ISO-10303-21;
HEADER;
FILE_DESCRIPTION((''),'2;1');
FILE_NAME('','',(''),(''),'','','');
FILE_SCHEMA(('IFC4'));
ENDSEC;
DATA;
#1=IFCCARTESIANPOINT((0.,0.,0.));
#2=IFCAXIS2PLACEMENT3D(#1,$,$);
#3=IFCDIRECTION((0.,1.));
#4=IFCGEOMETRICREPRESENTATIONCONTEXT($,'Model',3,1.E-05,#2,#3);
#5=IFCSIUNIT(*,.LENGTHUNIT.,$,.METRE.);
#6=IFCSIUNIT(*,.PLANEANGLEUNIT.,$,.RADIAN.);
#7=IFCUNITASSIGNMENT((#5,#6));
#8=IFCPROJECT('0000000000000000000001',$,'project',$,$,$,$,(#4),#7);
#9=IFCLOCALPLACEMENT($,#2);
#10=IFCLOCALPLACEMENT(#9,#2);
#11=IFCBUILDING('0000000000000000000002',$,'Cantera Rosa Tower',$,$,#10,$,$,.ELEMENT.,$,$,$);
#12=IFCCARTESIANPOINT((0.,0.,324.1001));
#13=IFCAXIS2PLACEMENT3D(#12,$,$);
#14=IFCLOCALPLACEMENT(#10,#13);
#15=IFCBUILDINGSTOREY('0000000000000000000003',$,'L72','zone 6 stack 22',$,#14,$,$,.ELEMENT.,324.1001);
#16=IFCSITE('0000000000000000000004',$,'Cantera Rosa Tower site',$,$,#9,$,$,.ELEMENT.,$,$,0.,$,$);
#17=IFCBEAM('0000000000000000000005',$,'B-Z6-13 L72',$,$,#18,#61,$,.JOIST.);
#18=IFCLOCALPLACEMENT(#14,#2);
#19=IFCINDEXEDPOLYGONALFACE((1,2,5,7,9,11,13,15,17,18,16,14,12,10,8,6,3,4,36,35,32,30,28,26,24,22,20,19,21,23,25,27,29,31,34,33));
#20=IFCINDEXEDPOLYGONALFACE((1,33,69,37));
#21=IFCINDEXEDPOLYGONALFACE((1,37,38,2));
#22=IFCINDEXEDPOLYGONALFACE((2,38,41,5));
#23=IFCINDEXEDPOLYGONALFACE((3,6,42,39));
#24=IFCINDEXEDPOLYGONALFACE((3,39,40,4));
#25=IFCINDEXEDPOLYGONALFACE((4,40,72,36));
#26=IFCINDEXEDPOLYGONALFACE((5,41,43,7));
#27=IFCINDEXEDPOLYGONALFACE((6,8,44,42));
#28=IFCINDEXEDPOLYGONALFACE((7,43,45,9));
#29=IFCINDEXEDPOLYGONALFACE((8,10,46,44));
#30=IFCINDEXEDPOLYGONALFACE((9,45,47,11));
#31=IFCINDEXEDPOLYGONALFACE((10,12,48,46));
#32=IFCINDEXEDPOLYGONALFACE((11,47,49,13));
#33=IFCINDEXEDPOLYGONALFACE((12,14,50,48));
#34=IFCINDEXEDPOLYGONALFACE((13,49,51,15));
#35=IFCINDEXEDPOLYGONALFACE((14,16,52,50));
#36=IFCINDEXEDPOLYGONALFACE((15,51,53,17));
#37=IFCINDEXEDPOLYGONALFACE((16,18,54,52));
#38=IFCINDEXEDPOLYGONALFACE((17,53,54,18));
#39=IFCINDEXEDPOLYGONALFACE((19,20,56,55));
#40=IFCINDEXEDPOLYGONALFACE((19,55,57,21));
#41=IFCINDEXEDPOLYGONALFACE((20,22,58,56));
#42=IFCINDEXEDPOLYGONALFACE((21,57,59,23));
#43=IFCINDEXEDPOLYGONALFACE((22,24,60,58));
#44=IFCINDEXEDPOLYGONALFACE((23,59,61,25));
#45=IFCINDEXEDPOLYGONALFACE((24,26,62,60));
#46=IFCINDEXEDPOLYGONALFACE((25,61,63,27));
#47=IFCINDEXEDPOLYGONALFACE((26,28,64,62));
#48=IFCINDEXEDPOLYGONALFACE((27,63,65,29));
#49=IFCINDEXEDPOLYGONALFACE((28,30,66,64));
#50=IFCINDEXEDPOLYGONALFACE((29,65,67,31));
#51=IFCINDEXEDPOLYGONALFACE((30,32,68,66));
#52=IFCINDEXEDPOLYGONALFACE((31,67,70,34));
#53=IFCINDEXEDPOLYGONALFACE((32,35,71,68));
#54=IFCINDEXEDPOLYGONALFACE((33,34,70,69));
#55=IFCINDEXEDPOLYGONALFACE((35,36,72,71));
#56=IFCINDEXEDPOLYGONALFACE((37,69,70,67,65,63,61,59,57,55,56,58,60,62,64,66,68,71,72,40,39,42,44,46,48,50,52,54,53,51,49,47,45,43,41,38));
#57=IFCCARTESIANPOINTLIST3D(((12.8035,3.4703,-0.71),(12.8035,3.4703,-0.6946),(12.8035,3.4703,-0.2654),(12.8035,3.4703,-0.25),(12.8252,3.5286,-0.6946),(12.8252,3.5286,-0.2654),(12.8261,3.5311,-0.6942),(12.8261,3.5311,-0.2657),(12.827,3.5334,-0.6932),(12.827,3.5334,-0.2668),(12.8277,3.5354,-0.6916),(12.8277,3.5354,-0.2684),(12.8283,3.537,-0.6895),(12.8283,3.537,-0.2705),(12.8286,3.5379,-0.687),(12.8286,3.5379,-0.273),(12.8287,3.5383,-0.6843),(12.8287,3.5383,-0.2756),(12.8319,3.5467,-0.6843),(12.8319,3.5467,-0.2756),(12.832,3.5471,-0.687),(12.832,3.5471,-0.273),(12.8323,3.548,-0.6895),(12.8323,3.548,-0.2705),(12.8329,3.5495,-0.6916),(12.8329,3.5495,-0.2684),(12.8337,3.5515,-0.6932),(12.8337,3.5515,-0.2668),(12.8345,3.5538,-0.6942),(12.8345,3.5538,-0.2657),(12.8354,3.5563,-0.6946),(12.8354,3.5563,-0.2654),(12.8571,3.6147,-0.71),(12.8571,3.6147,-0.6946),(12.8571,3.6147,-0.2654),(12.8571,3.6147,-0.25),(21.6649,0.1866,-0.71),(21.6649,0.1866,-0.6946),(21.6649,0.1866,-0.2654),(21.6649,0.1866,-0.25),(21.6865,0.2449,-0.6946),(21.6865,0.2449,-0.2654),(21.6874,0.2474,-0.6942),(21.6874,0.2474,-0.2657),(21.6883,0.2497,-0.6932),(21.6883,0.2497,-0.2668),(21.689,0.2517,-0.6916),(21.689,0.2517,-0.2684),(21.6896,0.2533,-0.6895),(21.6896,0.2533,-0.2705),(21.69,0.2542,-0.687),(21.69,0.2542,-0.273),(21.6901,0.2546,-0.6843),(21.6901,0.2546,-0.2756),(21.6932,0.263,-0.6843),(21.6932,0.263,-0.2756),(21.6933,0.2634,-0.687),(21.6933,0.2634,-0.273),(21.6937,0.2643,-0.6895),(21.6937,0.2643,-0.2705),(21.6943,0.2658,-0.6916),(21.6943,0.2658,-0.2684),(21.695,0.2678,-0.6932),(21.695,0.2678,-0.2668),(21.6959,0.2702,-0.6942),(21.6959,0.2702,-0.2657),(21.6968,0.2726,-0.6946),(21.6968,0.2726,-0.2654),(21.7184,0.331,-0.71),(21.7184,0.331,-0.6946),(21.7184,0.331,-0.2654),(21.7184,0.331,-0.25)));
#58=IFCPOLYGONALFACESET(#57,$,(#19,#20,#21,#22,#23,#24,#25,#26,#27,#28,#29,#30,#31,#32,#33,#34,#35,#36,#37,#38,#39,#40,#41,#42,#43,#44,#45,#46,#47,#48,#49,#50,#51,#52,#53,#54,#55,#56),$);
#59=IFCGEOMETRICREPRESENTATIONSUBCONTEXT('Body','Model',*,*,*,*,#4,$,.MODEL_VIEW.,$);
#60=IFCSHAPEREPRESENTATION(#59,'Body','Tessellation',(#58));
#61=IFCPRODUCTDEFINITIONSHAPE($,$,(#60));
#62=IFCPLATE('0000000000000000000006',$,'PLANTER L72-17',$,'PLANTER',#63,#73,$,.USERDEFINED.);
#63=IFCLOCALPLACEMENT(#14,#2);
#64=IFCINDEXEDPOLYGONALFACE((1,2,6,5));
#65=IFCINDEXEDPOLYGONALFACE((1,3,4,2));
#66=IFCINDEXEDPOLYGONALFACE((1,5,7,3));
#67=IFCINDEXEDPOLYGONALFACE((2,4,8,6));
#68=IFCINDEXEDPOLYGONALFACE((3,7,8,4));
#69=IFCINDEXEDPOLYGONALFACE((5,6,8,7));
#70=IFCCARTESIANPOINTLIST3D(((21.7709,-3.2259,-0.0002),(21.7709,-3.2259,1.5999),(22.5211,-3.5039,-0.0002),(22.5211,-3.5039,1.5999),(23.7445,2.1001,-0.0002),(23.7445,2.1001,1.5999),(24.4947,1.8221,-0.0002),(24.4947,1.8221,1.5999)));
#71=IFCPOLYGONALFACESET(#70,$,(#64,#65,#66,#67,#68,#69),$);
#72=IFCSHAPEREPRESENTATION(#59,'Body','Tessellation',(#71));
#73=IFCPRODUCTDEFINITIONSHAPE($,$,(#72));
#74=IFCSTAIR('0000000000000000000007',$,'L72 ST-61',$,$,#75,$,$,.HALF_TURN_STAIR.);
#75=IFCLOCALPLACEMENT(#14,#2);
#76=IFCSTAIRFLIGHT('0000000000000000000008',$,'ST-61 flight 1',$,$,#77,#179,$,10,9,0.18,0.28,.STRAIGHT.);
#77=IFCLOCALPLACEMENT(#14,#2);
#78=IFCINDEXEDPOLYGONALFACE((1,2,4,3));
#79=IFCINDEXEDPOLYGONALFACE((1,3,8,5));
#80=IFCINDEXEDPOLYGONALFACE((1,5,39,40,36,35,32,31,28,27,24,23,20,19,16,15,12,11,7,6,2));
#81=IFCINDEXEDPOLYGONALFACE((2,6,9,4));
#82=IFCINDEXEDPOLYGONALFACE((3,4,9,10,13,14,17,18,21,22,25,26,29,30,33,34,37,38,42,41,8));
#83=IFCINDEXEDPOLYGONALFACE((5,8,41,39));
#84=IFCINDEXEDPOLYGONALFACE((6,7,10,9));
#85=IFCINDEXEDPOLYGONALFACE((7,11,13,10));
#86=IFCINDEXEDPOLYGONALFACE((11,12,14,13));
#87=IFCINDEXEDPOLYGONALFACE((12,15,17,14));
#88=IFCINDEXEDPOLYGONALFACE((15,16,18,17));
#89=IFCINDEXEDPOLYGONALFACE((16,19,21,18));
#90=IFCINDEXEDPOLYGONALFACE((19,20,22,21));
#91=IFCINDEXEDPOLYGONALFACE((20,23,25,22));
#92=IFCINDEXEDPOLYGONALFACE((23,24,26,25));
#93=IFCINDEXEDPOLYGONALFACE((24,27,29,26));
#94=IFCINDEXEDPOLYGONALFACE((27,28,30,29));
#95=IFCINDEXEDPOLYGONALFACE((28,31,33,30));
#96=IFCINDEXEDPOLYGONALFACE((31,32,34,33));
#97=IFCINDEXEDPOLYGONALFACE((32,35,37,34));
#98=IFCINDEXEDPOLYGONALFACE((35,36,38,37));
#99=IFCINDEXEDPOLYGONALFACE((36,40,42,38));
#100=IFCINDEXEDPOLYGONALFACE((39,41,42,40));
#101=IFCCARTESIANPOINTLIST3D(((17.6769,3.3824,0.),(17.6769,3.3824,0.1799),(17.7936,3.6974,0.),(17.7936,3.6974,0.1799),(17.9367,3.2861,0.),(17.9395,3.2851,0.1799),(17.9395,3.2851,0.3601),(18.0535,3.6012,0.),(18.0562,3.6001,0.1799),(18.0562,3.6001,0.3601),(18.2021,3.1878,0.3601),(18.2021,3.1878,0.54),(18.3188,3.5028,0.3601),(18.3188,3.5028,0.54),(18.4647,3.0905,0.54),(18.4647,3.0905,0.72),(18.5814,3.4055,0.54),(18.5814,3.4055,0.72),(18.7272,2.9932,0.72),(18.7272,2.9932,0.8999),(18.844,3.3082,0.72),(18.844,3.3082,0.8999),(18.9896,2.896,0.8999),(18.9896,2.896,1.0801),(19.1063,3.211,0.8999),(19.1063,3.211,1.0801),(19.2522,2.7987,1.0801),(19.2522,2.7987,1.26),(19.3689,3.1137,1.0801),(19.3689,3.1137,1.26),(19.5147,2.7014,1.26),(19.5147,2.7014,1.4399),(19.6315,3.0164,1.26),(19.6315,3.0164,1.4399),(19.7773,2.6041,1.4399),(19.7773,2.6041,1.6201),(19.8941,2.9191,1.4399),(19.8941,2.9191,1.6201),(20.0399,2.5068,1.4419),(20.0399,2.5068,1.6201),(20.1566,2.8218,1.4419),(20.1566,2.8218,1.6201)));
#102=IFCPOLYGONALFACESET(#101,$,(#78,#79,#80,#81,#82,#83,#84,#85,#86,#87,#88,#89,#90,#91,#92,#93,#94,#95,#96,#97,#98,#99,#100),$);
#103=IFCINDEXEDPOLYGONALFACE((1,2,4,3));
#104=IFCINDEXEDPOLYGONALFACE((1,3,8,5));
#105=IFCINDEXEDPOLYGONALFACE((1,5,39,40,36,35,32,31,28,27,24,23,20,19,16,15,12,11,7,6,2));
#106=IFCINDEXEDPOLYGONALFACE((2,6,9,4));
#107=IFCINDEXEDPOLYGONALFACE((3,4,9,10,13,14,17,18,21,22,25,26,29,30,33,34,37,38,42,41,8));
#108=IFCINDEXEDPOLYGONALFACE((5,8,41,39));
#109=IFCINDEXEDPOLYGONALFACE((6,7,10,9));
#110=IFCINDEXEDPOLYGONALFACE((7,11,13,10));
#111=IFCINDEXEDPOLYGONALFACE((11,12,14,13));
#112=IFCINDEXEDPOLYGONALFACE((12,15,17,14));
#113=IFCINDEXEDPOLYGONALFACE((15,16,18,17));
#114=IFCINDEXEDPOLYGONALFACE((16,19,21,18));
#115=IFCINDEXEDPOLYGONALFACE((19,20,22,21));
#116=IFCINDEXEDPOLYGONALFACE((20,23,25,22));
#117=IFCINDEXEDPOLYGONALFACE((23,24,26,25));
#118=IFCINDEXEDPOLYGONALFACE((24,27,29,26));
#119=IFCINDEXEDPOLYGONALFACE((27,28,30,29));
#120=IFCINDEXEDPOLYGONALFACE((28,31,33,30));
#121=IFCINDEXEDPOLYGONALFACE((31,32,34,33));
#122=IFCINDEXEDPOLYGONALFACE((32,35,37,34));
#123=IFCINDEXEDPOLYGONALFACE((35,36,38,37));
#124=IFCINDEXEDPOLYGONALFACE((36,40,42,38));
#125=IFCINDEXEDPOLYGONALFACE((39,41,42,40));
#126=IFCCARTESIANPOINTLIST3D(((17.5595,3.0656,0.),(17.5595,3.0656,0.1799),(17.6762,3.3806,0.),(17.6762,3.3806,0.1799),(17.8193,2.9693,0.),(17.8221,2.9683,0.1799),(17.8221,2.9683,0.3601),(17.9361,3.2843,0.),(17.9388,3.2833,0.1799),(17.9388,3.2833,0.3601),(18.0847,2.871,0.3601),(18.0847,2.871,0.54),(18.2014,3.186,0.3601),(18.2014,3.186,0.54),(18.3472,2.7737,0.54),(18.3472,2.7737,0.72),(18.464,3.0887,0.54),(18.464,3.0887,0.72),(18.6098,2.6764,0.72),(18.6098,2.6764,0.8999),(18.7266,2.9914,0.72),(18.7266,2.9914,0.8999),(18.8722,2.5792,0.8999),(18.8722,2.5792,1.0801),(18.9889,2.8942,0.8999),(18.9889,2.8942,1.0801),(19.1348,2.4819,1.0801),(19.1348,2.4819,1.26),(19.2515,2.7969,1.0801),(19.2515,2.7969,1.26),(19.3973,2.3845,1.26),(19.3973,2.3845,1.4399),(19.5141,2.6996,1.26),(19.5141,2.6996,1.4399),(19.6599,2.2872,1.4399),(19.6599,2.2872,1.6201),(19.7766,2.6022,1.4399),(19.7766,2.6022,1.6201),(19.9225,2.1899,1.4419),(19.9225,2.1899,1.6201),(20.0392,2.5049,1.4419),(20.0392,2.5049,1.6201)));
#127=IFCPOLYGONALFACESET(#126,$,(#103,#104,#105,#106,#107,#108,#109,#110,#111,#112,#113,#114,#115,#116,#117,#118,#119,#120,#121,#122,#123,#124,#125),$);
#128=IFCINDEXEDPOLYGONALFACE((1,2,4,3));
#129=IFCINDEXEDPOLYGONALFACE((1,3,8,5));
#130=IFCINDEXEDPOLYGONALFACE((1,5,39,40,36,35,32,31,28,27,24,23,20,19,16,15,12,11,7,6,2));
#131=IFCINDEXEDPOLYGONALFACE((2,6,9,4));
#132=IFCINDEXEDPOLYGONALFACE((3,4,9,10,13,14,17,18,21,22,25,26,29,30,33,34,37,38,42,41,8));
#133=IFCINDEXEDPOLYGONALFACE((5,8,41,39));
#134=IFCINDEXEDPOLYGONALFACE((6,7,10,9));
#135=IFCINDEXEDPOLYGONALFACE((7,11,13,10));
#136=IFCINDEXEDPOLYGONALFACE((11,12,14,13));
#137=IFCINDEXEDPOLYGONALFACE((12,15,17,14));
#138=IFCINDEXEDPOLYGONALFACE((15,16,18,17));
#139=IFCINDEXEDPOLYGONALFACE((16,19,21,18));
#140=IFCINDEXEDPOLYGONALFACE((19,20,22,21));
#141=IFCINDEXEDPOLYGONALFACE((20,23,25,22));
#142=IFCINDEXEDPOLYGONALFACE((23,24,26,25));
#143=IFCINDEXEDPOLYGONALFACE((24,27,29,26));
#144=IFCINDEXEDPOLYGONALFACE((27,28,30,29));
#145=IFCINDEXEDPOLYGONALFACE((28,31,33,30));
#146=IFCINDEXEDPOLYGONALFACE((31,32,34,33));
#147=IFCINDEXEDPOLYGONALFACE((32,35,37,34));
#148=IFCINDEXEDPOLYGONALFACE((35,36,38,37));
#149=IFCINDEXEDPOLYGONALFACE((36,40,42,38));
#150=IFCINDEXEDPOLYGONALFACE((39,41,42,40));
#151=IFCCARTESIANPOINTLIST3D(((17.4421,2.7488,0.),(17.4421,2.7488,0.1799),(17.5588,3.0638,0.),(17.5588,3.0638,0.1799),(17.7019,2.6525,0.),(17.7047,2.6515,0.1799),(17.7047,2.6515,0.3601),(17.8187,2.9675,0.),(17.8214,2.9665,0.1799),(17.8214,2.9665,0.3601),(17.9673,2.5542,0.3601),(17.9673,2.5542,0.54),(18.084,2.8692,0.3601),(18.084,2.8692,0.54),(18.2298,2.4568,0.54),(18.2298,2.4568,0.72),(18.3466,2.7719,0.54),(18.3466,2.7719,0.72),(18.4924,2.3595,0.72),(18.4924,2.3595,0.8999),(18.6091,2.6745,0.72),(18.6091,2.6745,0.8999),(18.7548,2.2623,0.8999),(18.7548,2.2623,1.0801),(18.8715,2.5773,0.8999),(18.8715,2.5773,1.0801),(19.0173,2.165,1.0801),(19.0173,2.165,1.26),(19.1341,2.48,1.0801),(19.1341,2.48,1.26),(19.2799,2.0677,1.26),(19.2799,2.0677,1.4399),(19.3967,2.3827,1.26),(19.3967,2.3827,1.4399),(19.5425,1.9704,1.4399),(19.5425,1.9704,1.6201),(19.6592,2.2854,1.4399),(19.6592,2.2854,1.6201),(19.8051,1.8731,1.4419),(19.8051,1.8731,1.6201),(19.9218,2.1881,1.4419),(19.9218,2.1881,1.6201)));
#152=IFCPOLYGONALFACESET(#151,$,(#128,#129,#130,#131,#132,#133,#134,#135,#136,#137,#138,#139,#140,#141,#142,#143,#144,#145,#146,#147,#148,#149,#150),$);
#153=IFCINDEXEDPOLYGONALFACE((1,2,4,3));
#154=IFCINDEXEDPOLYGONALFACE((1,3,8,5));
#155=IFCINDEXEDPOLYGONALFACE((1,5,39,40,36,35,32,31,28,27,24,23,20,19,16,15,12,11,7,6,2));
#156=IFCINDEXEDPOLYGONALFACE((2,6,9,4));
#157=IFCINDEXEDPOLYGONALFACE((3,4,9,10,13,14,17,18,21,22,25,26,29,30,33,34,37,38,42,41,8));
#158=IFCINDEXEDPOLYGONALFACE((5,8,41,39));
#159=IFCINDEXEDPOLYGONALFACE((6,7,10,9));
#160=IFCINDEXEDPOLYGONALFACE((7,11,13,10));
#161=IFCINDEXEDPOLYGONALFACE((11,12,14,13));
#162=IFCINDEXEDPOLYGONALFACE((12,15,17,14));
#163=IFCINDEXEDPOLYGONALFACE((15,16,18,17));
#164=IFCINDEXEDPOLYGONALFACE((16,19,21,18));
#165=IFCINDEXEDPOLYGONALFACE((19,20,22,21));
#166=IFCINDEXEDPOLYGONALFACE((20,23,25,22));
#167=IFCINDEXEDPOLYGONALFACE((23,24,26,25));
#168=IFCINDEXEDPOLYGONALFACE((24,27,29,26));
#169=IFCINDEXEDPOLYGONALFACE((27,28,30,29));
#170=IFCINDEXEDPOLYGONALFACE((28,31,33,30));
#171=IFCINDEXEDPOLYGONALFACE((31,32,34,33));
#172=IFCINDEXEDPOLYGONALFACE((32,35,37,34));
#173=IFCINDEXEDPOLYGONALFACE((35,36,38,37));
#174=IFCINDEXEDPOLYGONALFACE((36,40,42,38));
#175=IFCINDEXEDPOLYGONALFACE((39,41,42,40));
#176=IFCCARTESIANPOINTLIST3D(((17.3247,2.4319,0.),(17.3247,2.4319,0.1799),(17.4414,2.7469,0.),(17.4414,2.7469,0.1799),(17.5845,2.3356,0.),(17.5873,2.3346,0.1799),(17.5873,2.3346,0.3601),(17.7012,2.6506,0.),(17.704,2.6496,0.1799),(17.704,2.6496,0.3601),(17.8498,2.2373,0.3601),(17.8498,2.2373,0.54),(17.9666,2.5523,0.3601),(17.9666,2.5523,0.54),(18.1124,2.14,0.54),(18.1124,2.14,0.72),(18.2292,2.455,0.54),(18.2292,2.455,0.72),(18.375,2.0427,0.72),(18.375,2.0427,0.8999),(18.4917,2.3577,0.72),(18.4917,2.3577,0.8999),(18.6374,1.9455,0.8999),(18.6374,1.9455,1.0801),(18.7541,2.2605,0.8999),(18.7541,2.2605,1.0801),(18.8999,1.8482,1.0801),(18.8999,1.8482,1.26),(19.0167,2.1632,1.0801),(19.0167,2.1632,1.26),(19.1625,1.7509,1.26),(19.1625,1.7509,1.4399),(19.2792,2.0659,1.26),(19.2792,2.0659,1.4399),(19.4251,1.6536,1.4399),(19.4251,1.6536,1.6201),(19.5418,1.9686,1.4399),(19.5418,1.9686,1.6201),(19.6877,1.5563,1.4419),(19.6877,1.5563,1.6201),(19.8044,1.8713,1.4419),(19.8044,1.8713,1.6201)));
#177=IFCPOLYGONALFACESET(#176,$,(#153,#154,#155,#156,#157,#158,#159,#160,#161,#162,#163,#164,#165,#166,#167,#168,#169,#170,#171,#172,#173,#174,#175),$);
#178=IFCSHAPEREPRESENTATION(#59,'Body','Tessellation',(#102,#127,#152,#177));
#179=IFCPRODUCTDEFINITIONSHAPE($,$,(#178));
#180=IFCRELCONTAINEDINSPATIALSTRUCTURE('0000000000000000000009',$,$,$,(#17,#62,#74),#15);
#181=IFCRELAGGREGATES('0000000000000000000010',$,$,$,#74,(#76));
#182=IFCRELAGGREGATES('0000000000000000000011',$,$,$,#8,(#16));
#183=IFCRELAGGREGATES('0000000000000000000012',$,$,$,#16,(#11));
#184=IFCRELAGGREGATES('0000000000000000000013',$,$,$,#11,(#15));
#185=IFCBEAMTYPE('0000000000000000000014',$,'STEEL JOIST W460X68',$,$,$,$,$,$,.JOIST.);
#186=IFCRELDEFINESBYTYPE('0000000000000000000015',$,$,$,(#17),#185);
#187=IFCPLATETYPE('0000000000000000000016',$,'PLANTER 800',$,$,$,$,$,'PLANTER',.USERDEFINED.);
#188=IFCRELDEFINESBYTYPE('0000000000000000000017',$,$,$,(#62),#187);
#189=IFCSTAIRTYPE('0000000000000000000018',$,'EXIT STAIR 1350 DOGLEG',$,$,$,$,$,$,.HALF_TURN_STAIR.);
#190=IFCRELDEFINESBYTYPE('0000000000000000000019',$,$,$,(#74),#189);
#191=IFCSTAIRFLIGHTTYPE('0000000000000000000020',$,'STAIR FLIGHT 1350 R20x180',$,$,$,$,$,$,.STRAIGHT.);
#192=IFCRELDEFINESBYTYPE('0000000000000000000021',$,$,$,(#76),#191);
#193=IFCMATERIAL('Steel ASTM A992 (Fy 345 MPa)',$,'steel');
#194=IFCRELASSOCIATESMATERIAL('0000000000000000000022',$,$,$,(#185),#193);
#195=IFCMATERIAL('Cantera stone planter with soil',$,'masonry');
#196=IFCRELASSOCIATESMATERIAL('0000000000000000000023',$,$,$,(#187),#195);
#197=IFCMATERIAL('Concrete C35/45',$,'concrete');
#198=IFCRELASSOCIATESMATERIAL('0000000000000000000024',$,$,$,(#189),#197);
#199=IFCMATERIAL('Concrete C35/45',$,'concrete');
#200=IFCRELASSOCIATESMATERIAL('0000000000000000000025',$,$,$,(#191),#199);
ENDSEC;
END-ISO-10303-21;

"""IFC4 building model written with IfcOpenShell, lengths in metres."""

from ifc_helpers import new_model, si_unit, direction, frame, origin, origin_2d, place, context, subcontext, project, spatial, polyline, rectangle, i_section, outline, extrude, material, material_profile, profile_set, type_object, element, aggregate, save


model = new_model("IFC4")

# Units and contexts
model_context = context("Model", 3, precision=1e-05, world=origin(), true_north=direction((0.0, 1.0)))
body_context = subcontext(model_context, "Body", "Model", "MODEL_VIEW")
ifc_project = project(units=[si_unit("LENGTHUNIT", "METRE"), si_unit("PLANEANGLEUNIT", "RADIAN")], contexts=[model_context])

# Site, building, storey
site_placement = place(None, origin())
site = spatial("IfcSite", under=ifc_project, at=site_placement, Name="Cantera Rosa Tower site", CompositionType="ELEMENT", RefElevation=0.0)
building_placement = place(site_placement, origin())
building = spatial("IfcBuilding", under=site, at=building_placement, Name="Cantera Rosa Tower", CompositionType="ELEMENT")
storey_placement = place(building_placement, frame((0.0, 0.0, 324.1001)))
storey = spatial("IfcBuildingStorey", under=building, at=storey_placement, Name="L72", Description="zone 6 stack 22", CompositionType="ELEMENT", Elevation=324.1001)

# Beam
ifc_material_1 = material(Name="Steel ASTM A992 (Fy 345 MPa)", Category="steel")
ifc_material_profile = material_profile(ifc_material_1, i_section(OverallWidth=0.1541, OverallDepth=0.46, WebThickness=0.009, FlangeThickness=0.0154, FilletRadius=0.0103, at=origin_2d()), Name="W460X68")
ifc_profile_set = profile_set([ifc_material_profile], Name="Steel ASTM A992 (Fy 345 MPa)")
beam_type = type_object("IfcBeamType", Name="STEEL JOIST W460X68", PredefinedType="JOIST", material=ifc_profile_set)
beam_placement = place(storey_placement, frame((21.6917, 0.2588, -0.48), z_axis=(-0.93769, 0.347474, 0.0), x_axis=(-0.347474, -0.93769, 0.0)))
element("IfcBeam", 1, at=beam_placement, inside=storey, type_object=beam_type, Name="B-Z6-13 L72", PredefinedType="JOIST", context=body_context, shape_type="SweptSolid", body=[
    extrude(i_section(OverallWidth=0.1541, OverallDepth=0.46, WebThickness=0.009, FlangeThickness=0.0154, FilletRadius=0.0103, at=origin_2d()), origin(), (0.0, 0.0, 1.0), 9.4502),
])

# Plate
ifc_material_2 = material(Name="Cantera stone planter with soil", Category="masonry")
plate_type = type_object("IfcPlateType", Name="PLANTER 800", ElementType="PLANTER", PredefinedType="USERDEFINED", material=ifc_material_2)
plate_placement = place(storey_placement, frame((23.1328, -0.7019, -0.0002), z_axis=(0.0, 0.0, 1.0), x_axis=(0.347481, 0.937687, 0.0)))
element("IfcPlate", 2, at=plate_placement, inside=storey, type_object=plate_type, Name="PLANTER L72-17", ObjectType="PLANTER", PredefinedType="USERDEFINED", context=body_context, shape_type="SweptSolid", body=[
    extrude(rectangle(XDim=5.6799, YDim=0.8, at=origin_2d()), origin(), (0.0, 0.0, 1.0), 1.6001),
])

# Stair, stair flight
ifc_material_3 = material(Name="Concrete C35/45", Category="concrete")
stair_type = type_object("IfcStairType", Name="EXIT STAIR 1350 DOGLEG", PredefinedType="HALF_TURN_STAIR", material=ifc_material_3)
stair_placement = place(storey_placement, origin())
stair = element("IfcStair", 3, at=stair_placement, inside=storey, type_object=stair_type, Name="L72 ST-61", PredefinedType="HALF_TURN_STAIR")
ifc_material_4 = material(Name="Concrete C35/45", Category="concrete")
stair_flight_type = type_object("IfcStairFlightType", Name="STAIR FLIGHT 1350 R20x180", PredefinedType="STRAIGHT", material=ifc_material_4)
stair_flight_1_placement = place(storey_placement, frame((17.5591, 3.0645, 0.0), z_axis=(0.0, 0.0, 1.0), x_axis=(0.937687, -0.347481, 0.0)))
stair_flight_1 = element("IfcStairFlight", 4, at=stair_flight_1_placement, type_object=stair_flight_type, Name="ST-61 flight 1", NumberOfRisers=10, NumberOfTreads=9, PredefinedType="STRAIGHT", RiserHeight=0.18, TreadLength=0.28, context=body_context, shape_type="SweptSolid", body=[
    extrude(outline(polyline([(0.0, 0.0), (0.0, 0.1799), (0.28, 0.1799), (0.28, 0.3601), (0.5601, 0.3601), (0.5601, 0.54), (0.8401, 0.54), (0.8401, 0.72), (1.1201, 0.72), (1.1201, 0.8999), (1.3999, 0.8999), (1.3999, 1.0801), (1.6799, 1.0801), (1.6799, 1.26), (1.96, 1.26), (1.96, 1.4399), (2.24, 1.4399), (2.24, 1.6201), (2.52, 1.6201), (2.52, 1.8), (2.52, 1.4419), (0.2771, 0.0), (0.0, 0.0)])), frame((0.0, 0.675, 0.0), z_axis=(0.0, -1.0, 0.0), x_axis=(1.0, 0.0, 0.0)), (0.0, 0.0, 1.0), 0.3359),
    extrude(outline(polyline([(0.0, 0.0), (0.0, 0.1799), (0.28, 0.1799), (0.28, 0.3601), (0.5601, 0.3601), (0.5601, 0.54), (0.8401, 0.54), (0.8401, 0.72), (1.1201, 0.72), (1.1201, 0.8999), (1.3999, 0.8999), (1.3999, 1.0801), (1.6799, 1.0801), (1.6799, 1.26), (1.96, 1.26), (1.96, 1.4399), (2.24, 1.4399), (2.24, 1.6201), (2.52, 1.6201), (2.52, 1.8), (2.52, 1.4419), (0.2771, 0.0), (0.0, 0.0)])), frame((0.0, 0.3372, 0.0), z_axis=(0.0, -1.0, 0.0), x_axis=(1.0, 0.0, 0.0)), (0.0, 0.0, 1.0), 0.3359),
    extrude(outline(polyline([(0.0, 0.0), (0.0, 0.1799), (0.28, 0.1799), (0.28, 0.3601), (0.5601, 0.3601), (0.5601, 0.54), (0.8401, 0.54), (0.8401, 0.72), (1.1201, 0.72), (1.1201, 0.8999), (1.3999, 0.8999), (1.3999, 1.0801), (1.6799, 1.0801), (1.6799, 1.26), (1.96, 1.26), (1.96, 1.4399), (2.24, 1.4399), (2.24, 1.6201), (2.52, 1.6201), (2.52, 1.8), (2.52, 1.4419), (0.2771, 0.0), (0.0, 0.0)])), frame((0.0, -0.0007, 0.0), z_axis=(0.0, -1.0, 0.0), x_axis=(1.0, 0.0, 0.0)), (0.0, 0.0, 1.0), 0.3359),
    extrude(outline(polyline([(0.0, 0.0), (0.0, 0.1799), (0.28, 0.1799), (0.28, 0.3601), (0.5601, 0.3601), (0.5601, 0.54), (0.8401, 0.54), (0.8401, 0.72), (1.1201, 0.72), (1.1201, 0.8999), (1.3999, 0.8999), (1.3999, 1.0801), (1.6799, 1.0801), (1.6799, 1.26), (1.96, 1.26), (1.96, 1.4399), (2.24, 1.4399), (2.24, 1.6201), (2.52, 1.6201), (2.52, 1.8), (2.52, 1.4419), (0.2771, 0.0), (0.0, 0.0)])), frame((0.0, -0.3386, 0.0), z_axis=(0.0, -1.0, 0.0), x_axis=(1.0, 0.0, 0.0)), (0.0, 0.0, 1.0), 0.3359),
])
aggregate(stair, [stair_flight_1])

save(model, "model.ifc")
